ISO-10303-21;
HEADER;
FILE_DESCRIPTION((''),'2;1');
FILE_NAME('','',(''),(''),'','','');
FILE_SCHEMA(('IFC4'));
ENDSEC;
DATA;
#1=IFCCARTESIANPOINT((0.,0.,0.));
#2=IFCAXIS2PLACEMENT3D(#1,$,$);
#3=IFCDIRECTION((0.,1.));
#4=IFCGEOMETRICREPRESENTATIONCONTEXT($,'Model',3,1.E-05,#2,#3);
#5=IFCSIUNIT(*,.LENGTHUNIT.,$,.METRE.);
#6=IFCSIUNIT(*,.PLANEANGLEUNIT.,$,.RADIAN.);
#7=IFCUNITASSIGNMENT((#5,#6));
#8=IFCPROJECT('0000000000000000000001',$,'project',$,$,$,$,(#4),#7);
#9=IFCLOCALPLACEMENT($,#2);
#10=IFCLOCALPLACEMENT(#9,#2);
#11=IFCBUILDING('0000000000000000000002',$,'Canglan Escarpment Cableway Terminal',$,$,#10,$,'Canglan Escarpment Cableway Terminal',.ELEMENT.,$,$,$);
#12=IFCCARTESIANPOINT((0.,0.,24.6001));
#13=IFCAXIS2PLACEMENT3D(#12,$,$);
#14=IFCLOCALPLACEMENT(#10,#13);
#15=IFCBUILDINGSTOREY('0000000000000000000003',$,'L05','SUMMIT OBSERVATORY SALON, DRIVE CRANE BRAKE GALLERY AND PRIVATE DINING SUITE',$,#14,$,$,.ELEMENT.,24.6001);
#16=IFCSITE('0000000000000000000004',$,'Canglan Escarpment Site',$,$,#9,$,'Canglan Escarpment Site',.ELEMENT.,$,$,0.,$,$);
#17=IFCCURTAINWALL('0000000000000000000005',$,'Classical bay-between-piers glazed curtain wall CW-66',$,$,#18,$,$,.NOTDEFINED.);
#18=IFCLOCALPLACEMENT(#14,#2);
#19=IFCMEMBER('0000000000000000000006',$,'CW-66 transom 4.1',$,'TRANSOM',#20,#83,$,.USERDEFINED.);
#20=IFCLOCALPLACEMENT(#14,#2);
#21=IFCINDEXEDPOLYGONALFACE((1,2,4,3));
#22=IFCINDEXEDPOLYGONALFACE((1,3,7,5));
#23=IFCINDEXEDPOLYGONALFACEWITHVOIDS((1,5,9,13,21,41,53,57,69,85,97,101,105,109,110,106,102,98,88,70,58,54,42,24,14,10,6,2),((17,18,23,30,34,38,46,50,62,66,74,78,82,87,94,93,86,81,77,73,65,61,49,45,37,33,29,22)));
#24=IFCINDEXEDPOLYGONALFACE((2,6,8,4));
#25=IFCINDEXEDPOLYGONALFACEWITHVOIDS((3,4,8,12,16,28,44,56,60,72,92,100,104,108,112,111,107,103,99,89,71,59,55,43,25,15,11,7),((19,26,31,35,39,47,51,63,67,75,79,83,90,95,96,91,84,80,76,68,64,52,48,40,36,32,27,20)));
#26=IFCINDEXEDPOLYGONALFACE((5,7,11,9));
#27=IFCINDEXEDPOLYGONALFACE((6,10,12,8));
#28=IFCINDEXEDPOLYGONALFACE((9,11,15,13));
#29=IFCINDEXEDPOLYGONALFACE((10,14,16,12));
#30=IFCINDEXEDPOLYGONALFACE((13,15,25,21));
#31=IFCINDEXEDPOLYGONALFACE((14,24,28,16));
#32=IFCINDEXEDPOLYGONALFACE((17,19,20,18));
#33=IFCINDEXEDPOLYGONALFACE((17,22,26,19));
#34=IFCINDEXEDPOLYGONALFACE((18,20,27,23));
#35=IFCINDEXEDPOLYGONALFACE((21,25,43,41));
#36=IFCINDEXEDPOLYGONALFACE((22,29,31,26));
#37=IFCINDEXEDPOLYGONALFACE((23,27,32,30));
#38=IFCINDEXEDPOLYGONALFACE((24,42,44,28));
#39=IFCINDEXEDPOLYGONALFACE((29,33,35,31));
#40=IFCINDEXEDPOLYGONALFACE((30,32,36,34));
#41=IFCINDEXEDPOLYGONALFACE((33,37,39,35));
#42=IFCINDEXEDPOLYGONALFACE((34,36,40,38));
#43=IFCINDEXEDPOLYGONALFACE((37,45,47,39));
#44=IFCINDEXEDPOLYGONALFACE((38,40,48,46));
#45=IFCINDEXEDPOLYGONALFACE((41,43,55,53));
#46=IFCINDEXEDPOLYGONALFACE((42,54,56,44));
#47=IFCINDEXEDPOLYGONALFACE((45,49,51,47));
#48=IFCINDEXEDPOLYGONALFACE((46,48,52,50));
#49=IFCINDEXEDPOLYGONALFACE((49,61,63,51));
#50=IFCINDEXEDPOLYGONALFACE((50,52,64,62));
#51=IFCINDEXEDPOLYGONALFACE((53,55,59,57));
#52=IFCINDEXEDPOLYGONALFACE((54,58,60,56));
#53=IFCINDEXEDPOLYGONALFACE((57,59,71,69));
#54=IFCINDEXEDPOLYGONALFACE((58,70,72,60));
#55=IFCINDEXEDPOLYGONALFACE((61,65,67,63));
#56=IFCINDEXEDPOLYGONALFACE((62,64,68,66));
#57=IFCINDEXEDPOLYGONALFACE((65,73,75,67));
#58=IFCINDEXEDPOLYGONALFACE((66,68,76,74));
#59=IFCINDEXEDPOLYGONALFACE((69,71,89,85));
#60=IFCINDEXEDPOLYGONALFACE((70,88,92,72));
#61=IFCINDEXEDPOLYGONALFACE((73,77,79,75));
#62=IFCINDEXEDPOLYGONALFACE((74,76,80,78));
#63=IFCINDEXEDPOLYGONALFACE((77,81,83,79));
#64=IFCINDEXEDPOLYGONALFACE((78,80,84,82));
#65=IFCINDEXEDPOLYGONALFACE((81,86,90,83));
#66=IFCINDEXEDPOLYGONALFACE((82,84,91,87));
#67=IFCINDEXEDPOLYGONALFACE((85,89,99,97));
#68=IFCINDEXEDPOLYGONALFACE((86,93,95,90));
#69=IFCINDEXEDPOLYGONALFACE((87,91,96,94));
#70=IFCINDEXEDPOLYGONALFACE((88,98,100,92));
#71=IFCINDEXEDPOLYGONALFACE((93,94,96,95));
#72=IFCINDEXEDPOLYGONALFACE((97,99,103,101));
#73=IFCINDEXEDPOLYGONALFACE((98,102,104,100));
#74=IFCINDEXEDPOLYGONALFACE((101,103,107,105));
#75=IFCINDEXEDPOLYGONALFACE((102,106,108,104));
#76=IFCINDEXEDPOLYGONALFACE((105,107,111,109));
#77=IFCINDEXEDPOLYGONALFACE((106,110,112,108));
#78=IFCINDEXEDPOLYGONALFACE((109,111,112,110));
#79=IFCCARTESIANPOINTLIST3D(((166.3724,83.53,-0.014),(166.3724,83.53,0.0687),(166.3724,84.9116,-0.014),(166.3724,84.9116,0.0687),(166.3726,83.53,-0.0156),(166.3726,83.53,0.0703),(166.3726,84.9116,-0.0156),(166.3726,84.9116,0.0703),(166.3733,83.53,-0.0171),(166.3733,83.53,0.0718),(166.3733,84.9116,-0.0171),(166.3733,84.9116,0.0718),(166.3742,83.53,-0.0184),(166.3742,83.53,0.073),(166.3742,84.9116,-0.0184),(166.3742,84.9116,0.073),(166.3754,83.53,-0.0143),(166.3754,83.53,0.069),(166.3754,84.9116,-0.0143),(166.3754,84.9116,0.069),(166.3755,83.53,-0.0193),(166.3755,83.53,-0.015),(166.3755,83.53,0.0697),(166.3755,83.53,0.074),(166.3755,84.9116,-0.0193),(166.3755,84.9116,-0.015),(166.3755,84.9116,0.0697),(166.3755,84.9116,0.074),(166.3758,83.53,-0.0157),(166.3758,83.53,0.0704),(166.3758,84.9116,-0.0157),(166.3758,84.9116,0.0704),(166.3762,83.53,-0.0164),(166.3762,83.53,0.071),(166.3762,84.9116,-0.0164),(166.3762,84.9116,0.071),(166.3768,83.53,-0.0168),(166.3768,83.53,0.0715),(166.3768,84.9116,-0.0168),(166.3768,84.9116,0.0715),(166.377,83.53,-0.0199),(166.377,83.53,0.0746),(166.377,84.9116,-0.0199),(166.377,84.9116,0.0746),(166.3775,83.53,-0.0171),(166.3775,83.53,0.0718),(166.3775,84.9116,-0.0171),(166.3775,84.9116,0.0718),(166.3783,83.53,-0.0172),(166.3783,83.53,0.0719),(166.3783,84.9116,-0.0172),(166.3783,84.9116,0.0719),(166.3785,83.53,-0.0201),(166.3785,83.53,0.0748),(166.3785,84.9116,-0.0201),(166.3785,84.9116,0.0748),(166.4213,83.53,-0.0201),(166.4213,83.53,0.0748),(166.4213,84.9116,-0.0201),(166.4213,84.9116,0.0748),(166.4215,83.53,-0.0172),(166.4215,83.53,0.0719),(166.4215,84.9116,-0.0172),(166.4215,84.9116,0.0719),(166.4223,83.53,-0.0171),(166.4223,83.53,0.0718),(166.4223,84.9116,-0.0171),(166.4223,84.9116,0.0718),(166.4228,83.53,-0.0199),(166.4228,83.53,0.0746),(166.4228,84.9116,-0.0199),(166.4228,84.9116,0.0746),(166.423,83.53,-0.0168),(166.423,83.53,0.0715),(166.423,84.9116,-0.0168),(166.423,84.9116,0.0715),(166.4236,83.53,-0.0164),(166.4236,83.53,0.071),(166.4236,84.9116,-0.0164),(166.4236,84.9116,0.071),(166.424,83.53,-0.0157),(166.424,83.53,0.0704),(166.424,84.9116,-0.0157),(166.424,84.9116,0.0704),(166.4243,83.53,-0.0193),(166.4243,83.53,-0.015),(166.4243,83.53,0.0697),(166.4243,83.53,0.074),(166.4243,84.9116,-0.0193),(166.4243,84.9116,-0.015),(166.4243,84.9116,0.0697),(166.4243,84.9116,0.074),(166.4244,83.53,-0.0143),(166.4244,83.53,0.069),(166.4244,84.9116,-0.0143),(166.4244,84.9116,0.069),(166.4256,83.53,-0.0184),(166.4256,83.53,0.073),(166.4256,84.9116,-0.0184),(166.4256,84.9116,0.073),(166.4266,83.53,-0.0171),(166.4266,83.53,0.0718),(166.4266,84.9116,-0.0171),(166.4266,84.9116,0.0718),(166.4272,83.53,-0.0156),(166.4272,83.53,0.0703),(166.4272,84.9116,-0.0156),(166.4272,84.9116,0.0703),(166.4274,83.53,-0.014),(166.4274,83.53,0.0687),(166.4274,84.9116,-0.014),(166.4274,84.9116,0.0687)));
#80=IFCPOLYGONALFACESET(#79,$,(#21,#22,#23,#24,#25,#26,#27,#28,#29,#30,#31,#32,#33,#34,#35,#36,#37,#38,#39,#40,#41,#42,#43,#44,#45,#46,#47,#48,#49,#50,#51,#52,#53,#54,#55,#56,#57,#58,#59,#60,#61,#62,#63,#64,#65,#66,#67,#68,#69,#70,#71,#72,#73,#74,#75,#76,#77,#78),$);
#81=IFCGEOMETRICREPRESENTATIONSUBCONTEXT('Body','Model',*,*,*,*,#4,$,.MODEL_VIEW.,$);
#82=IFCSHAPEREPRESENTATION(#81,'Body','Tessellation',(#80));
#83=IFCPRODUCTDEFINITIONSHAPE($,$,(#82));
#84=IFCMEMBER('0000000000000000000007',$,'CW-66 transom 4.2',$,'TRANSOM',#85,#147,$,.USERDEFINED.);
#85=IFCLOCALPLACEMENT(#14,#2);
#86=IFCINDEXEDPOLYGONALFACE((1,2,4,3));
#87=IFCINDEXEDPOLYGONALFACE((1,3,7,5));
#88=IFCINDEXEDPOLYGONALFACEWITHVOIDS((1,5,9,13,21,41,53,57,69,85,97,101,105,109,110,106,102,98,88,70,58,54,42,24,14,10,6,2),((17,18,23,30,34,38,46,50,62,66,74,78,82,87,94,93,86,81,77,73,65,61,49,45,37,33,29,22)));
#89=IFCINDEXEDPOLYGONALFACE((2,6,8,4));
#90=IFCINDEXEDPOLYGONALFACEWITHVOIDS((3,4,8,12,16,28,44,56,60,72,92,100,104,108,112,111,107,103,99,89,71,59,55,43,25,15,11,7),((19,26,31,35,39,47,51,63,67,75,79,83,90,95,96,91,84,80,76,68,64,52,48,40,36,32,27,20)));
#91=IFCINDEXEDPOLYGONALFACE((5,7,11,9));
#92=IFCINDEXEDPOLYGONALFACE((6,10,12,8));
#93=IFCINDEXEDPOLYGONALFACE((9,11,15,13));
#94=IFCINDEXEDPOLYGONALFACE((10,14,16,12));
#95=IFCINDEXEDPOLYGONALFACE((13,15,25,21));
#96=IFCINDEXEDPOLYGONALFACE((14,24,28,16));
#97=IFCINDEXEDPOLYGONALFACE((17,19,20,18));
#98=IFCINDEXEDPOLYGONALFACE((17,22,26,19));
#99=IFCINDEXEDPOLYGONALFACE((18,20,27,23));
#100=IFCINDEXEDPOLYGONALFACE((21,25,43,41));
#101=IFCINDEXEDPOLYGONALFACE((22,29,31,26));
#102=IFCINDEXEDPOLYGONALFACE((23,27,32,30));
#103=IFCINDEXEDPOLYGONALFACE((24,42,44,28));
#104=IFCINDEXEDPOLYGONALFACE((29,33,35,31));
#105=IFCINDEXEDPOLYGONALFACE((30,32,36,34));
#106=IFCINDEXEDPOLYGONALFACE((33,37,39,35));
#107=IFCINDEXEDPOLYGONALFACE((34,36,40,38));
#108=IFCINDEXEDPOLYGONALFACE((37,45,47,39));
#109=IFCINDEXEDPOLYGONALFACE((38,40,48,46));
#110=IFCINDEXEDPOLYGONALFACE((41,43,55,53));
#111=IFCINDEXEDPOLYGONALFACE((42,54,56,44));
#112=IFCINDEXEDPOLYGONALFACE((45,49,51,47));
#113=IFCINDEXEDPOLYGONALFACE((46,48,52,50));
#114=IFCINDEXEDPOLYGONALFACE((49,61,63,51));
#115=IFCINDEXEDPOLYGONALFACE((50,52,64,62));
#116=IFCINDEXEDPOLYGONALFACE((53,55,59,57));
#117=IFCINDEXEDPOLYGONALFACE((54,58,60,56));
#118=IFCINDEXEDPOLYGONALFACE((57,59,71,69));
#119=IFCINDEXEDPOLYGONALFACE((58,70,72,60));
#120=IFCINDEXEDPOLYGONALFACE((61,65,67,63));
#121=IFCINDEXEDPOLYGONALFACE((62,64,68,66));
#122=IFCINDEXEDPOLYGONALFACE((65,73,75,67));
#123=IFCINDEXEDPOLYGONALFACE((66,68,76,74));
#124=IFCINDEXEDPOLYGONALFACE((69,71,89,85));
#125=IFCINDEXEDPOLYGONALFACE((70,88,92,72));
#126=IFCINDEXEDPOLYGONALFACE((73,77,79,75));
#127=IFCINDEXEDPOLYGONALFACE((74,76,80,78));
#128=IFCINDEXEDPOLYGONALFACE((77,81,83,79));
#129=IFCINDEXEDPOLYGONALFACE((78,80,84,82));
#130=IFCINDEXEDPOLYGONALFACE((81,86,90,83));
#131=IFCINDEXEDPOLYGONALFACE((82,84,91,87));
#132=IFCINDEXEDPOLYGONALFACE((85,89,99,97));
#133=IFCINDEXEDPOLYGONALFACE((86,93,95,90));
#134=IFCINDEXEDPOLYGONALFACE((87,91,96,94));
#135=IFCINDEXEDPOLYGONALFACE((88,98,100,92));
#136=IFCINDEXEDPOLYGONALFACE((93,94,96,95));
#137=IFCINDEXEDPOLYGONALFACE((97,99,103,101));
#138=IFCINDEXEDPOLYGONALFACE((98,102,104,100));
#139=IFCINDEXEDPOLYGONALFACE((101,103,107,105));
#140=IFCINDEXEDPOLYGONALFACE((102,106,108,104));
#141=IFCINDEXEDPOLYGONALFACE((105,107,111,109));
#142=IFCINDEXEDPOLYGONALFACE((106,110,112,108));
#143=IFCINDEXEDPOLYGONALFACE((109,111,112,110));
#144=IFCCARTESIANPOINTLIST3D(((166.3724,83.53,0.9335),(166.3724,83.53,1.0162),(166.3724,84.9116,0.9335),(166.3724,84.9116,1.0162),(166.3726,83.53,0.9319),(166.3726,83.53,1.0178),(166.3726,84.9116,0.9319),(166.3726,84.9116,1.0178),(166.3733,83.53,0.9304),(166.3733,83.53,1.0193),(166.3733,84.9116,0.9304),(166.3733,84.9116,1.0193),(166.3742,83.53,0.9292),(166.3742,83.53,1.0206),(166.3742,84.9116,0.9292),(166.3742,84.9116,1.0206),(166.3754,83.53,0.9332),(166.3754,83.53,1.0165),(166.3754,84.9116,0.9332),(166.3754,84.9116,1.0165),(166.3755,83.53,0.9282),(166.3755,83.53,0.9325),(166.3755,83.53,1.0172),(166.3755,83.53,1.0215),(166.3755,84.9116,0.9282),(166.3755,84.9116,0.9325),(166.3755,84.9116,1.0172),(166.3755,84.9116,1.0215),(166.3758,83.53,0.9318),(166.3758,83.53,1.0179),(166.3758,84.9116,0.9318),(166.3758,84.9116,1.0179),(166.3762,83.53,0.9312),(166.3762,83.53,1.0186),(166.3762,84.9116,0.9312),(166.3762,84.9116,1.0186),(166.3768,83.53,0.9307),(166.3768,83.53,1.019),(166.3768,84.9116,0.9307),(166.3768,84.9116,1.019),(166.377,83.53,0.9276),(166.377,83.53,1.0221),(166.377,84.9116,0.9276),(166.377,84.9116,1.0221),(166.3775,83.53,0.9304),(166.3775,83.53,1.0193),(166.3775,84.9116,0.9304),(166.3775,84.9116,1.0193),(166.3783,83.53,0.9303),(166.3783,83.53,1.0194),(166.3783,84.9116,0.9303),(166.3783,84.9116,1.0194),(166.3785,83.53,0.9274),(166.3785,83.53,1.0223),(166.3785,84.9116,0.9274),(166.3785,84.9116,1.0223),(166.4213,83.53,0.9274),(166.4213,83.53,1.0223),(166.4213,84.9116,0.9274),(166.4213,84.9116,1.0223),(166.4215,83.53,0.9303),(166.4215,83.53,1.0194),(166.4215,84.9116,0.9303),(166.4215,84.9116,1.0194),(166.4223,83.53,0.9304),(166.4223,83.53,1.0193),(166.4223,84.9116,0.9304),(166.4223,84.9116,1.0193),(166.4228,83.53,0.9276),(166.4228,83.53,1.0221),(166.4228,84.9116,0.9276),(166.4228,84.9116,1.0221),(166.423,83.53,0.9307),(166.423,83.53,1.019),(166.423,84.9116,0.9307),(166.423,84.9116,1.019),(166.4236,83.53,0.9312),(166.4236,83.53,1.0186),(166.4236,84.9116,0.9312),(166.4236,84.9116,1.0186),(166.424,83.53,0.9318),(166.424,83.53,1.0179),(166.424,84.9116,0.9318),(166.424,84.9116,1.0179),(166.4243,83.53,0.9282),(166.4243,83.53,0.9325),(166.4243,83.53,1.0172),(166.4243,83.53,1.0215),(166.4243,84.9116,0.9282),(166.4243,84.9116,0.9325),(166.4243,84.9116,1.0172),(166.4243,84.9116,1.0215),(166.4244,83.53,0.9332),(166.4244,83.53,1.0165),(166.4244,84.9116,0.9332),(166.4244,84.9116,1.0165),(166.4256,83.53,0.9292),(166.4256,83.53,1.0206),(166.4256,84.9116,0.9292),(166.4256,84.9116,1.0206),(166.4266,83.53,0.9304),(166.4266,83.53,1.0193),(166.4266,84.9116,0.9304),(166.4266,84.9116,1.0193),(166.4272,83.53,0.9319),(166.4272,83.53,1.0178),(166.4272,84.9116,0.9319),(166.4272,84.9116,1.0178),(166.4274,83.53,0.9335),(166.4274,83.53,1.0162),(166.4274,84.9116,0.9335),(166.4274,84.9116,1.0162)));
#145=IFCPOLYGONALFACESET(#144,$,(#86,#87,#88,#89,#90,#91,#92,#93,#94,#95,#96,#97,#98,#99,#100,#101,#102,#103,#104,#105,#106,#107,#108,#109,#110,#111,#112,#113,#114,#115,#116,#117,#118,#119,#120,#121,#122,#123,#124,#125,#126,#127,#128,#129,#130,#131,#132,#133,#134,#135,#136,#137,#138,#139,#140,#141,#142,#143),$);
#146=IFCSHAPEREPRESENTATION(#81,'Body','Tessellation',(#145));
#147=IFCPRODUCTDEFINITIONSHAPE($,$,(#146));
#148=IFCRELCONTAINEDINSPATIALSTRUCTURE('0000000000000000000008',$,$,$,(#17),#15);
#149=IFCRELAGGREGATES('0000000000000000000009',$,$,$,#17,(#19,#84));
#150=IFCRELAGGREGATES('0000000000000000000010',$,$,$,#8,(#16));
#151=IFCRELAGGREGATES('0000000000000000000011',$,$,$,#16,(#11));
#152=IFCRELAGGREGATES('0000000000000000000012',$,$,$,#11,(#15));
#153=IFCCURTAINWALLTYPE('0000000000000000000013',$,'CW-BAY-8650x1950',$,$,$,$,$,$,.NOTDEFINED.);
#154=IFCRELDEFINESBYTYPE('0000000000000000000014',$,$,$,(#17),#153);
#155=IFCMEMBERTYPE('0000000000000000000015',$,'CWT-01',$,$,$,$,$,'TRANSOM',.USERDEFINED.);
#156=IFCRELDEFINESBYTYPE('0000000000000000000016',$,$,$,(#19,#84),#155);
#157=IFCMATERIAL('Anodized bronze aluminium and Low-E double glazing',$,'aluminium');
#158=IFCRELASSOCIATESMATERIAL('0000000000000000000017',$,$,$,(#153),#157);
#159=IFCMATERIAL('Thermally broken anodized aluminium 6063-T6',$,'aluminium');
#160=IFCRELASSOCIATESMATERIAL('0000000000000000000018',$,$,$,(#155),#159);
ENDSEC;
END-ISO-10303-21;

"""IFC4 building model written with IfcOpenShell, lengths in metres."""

from ifc_helpers import new_model, si_unit, direction, frame, origin, origin_2d, place, context, subcontext, project, spatial, hollow_rectangle, extrude, material, material_profile, profile_set, type_object, element, aggregate, save


model = new_model("IFC4")

# Units and contexts
model_context = context("Model", 3, precision=1e-05, world=origin(), true_north=direction((0.0, 1.0)))
body_context = subcontext(model_context, "Body", "Model", "MODEL_VIEW")
ifc_project = project(units=[si_unit("LENGTHUNIT", "METRE"), si_unit("PLANEANGLEUNIT", "RADIAN")], contexts=[model_context])

# Site, building, storey
site_placement = place(None, origin())
site = spatial("IfcSite", under=ifc_project, at=site_placement, Name="Canglan Escarpment Site", LongName="Canglan Escarpment Site", CompositionType="ELEMENT", RefElevation=0.0)
building_placement = place(site_placement, origin())
building = spatial("IfcBuilding", under=site, at=building_placement, Name="Canglan Escarpment Cableway Terminal", LongName="Canglan Escarpment Cableway Terminal", CompositionType="ELEMENT")
storey_placement = place(building_placement, frame((0.0, 0.0, 24.6001)))
storey = spatial("IfcBuildingStorey", under=building, at=storey_placement, Name="L05", Description="SUMMIT OBSERVATORY SALON, DRIVE CRANE BRAKE GALLERY AND PRIVATE DINING SUITE", CompositionType="ELEMENT", Elevation=24.6001)

# Curtain wall
ifc_material_1 = material(Name="Anodized bronze aluminium and Low-E double glazing", Category="aluminium")
curtain_wall_type = type_object("IfcCurtainWallType", Name="CW-BAY-8650x1950", PredefinedType="NOTDEFINED", material=ifc_material_1)
curtain_wall_1_placement = place(storey_placement, origin())
curtain_wall_1 = element("IfcCurtainWall", 1, at=curtain_wall_1_placement, inside=storey, type_object=curtain_wall_type, Name="Classical bay-between-piers glazed curtain wall CW-66", PredefinedType="NOTDEFINED")
ifc_material_2 = material(Name="Thermally broken anodized aluminium 6063-T6", Category="aluminium")

# Members
ifc_material_profile_1 = material_profile(ifc_material_2, hollow_rectangle(XDim=0.0549, YDim=0.095, WallThickness=0.0029, InnerFilletRadius=0.0029, OuterFilletRadius=0.0061, at=origin_2d()), Name="ALU-TRAN 55x95x3")
ifc_profile_set_1 = profile_set([ifc_material_profile_1], Name="Thermally broken anodized aluminium 6063-T6")
member_type_1 = type_object("IfcMemberType", Name="CWT-01", ElementType="TRANSOM", PredefinedType="USERDEFINED", material=ifc_profile_set_1)
member_1_placement = place(storey_placement, frame((166.3999, 83.53, 0.0273), z_axis=(0.0, 1.0, 0.0), x_axis=(-1.0, 0.0, 0.0)))
member_1 = element("IfcMember", 2, at=member_1_placement, type_object=member_type_1, Name="CW-66 transom 4.1", ObjectType="TRANSOM", PredefinedType="USERDEFINED", context=body_context, shape_type="SweptSolid", body=[
    extrude(hollow_rectangle(XDim=0.0549, YDim=0.095, WallThickness=0.0029, InnerFilletRadius=0.0029, OuterFilletRadius=0.0061, at=origin_2d()), origin(), (0.0, 0.0, 1.0), 1.3816),
])
member_2_placement = place(storey_placement, frame((166.3999, 83.53, 0.9749), z_axis=(0.0, 1.0, 0.0), x_axis=(-1.0, 0.0, 0.0)))
member_2 = element("IfcMember", 3, at=member_2_placement, type_object=member_type_1, Name="CW-66 transom 4.2", ObjectType="TRANSOM", PredefinedType="USERDEFINED", context=body_context, shape_type="SweptSolid", body=[
    extrude(hollow_rectangle(XDim=0.0549, YDim=0.095, WallThickness=0.0029, InnerFilletRadius=0.0029, OuterFilletRadius=0.0061, at=origin_2d()), origin(), (0.0, 0.0, 1.0), 1.3816),
])

aggregate(curtain_wall_1, [member_1, member_2])

save(model, "model.ifc")
